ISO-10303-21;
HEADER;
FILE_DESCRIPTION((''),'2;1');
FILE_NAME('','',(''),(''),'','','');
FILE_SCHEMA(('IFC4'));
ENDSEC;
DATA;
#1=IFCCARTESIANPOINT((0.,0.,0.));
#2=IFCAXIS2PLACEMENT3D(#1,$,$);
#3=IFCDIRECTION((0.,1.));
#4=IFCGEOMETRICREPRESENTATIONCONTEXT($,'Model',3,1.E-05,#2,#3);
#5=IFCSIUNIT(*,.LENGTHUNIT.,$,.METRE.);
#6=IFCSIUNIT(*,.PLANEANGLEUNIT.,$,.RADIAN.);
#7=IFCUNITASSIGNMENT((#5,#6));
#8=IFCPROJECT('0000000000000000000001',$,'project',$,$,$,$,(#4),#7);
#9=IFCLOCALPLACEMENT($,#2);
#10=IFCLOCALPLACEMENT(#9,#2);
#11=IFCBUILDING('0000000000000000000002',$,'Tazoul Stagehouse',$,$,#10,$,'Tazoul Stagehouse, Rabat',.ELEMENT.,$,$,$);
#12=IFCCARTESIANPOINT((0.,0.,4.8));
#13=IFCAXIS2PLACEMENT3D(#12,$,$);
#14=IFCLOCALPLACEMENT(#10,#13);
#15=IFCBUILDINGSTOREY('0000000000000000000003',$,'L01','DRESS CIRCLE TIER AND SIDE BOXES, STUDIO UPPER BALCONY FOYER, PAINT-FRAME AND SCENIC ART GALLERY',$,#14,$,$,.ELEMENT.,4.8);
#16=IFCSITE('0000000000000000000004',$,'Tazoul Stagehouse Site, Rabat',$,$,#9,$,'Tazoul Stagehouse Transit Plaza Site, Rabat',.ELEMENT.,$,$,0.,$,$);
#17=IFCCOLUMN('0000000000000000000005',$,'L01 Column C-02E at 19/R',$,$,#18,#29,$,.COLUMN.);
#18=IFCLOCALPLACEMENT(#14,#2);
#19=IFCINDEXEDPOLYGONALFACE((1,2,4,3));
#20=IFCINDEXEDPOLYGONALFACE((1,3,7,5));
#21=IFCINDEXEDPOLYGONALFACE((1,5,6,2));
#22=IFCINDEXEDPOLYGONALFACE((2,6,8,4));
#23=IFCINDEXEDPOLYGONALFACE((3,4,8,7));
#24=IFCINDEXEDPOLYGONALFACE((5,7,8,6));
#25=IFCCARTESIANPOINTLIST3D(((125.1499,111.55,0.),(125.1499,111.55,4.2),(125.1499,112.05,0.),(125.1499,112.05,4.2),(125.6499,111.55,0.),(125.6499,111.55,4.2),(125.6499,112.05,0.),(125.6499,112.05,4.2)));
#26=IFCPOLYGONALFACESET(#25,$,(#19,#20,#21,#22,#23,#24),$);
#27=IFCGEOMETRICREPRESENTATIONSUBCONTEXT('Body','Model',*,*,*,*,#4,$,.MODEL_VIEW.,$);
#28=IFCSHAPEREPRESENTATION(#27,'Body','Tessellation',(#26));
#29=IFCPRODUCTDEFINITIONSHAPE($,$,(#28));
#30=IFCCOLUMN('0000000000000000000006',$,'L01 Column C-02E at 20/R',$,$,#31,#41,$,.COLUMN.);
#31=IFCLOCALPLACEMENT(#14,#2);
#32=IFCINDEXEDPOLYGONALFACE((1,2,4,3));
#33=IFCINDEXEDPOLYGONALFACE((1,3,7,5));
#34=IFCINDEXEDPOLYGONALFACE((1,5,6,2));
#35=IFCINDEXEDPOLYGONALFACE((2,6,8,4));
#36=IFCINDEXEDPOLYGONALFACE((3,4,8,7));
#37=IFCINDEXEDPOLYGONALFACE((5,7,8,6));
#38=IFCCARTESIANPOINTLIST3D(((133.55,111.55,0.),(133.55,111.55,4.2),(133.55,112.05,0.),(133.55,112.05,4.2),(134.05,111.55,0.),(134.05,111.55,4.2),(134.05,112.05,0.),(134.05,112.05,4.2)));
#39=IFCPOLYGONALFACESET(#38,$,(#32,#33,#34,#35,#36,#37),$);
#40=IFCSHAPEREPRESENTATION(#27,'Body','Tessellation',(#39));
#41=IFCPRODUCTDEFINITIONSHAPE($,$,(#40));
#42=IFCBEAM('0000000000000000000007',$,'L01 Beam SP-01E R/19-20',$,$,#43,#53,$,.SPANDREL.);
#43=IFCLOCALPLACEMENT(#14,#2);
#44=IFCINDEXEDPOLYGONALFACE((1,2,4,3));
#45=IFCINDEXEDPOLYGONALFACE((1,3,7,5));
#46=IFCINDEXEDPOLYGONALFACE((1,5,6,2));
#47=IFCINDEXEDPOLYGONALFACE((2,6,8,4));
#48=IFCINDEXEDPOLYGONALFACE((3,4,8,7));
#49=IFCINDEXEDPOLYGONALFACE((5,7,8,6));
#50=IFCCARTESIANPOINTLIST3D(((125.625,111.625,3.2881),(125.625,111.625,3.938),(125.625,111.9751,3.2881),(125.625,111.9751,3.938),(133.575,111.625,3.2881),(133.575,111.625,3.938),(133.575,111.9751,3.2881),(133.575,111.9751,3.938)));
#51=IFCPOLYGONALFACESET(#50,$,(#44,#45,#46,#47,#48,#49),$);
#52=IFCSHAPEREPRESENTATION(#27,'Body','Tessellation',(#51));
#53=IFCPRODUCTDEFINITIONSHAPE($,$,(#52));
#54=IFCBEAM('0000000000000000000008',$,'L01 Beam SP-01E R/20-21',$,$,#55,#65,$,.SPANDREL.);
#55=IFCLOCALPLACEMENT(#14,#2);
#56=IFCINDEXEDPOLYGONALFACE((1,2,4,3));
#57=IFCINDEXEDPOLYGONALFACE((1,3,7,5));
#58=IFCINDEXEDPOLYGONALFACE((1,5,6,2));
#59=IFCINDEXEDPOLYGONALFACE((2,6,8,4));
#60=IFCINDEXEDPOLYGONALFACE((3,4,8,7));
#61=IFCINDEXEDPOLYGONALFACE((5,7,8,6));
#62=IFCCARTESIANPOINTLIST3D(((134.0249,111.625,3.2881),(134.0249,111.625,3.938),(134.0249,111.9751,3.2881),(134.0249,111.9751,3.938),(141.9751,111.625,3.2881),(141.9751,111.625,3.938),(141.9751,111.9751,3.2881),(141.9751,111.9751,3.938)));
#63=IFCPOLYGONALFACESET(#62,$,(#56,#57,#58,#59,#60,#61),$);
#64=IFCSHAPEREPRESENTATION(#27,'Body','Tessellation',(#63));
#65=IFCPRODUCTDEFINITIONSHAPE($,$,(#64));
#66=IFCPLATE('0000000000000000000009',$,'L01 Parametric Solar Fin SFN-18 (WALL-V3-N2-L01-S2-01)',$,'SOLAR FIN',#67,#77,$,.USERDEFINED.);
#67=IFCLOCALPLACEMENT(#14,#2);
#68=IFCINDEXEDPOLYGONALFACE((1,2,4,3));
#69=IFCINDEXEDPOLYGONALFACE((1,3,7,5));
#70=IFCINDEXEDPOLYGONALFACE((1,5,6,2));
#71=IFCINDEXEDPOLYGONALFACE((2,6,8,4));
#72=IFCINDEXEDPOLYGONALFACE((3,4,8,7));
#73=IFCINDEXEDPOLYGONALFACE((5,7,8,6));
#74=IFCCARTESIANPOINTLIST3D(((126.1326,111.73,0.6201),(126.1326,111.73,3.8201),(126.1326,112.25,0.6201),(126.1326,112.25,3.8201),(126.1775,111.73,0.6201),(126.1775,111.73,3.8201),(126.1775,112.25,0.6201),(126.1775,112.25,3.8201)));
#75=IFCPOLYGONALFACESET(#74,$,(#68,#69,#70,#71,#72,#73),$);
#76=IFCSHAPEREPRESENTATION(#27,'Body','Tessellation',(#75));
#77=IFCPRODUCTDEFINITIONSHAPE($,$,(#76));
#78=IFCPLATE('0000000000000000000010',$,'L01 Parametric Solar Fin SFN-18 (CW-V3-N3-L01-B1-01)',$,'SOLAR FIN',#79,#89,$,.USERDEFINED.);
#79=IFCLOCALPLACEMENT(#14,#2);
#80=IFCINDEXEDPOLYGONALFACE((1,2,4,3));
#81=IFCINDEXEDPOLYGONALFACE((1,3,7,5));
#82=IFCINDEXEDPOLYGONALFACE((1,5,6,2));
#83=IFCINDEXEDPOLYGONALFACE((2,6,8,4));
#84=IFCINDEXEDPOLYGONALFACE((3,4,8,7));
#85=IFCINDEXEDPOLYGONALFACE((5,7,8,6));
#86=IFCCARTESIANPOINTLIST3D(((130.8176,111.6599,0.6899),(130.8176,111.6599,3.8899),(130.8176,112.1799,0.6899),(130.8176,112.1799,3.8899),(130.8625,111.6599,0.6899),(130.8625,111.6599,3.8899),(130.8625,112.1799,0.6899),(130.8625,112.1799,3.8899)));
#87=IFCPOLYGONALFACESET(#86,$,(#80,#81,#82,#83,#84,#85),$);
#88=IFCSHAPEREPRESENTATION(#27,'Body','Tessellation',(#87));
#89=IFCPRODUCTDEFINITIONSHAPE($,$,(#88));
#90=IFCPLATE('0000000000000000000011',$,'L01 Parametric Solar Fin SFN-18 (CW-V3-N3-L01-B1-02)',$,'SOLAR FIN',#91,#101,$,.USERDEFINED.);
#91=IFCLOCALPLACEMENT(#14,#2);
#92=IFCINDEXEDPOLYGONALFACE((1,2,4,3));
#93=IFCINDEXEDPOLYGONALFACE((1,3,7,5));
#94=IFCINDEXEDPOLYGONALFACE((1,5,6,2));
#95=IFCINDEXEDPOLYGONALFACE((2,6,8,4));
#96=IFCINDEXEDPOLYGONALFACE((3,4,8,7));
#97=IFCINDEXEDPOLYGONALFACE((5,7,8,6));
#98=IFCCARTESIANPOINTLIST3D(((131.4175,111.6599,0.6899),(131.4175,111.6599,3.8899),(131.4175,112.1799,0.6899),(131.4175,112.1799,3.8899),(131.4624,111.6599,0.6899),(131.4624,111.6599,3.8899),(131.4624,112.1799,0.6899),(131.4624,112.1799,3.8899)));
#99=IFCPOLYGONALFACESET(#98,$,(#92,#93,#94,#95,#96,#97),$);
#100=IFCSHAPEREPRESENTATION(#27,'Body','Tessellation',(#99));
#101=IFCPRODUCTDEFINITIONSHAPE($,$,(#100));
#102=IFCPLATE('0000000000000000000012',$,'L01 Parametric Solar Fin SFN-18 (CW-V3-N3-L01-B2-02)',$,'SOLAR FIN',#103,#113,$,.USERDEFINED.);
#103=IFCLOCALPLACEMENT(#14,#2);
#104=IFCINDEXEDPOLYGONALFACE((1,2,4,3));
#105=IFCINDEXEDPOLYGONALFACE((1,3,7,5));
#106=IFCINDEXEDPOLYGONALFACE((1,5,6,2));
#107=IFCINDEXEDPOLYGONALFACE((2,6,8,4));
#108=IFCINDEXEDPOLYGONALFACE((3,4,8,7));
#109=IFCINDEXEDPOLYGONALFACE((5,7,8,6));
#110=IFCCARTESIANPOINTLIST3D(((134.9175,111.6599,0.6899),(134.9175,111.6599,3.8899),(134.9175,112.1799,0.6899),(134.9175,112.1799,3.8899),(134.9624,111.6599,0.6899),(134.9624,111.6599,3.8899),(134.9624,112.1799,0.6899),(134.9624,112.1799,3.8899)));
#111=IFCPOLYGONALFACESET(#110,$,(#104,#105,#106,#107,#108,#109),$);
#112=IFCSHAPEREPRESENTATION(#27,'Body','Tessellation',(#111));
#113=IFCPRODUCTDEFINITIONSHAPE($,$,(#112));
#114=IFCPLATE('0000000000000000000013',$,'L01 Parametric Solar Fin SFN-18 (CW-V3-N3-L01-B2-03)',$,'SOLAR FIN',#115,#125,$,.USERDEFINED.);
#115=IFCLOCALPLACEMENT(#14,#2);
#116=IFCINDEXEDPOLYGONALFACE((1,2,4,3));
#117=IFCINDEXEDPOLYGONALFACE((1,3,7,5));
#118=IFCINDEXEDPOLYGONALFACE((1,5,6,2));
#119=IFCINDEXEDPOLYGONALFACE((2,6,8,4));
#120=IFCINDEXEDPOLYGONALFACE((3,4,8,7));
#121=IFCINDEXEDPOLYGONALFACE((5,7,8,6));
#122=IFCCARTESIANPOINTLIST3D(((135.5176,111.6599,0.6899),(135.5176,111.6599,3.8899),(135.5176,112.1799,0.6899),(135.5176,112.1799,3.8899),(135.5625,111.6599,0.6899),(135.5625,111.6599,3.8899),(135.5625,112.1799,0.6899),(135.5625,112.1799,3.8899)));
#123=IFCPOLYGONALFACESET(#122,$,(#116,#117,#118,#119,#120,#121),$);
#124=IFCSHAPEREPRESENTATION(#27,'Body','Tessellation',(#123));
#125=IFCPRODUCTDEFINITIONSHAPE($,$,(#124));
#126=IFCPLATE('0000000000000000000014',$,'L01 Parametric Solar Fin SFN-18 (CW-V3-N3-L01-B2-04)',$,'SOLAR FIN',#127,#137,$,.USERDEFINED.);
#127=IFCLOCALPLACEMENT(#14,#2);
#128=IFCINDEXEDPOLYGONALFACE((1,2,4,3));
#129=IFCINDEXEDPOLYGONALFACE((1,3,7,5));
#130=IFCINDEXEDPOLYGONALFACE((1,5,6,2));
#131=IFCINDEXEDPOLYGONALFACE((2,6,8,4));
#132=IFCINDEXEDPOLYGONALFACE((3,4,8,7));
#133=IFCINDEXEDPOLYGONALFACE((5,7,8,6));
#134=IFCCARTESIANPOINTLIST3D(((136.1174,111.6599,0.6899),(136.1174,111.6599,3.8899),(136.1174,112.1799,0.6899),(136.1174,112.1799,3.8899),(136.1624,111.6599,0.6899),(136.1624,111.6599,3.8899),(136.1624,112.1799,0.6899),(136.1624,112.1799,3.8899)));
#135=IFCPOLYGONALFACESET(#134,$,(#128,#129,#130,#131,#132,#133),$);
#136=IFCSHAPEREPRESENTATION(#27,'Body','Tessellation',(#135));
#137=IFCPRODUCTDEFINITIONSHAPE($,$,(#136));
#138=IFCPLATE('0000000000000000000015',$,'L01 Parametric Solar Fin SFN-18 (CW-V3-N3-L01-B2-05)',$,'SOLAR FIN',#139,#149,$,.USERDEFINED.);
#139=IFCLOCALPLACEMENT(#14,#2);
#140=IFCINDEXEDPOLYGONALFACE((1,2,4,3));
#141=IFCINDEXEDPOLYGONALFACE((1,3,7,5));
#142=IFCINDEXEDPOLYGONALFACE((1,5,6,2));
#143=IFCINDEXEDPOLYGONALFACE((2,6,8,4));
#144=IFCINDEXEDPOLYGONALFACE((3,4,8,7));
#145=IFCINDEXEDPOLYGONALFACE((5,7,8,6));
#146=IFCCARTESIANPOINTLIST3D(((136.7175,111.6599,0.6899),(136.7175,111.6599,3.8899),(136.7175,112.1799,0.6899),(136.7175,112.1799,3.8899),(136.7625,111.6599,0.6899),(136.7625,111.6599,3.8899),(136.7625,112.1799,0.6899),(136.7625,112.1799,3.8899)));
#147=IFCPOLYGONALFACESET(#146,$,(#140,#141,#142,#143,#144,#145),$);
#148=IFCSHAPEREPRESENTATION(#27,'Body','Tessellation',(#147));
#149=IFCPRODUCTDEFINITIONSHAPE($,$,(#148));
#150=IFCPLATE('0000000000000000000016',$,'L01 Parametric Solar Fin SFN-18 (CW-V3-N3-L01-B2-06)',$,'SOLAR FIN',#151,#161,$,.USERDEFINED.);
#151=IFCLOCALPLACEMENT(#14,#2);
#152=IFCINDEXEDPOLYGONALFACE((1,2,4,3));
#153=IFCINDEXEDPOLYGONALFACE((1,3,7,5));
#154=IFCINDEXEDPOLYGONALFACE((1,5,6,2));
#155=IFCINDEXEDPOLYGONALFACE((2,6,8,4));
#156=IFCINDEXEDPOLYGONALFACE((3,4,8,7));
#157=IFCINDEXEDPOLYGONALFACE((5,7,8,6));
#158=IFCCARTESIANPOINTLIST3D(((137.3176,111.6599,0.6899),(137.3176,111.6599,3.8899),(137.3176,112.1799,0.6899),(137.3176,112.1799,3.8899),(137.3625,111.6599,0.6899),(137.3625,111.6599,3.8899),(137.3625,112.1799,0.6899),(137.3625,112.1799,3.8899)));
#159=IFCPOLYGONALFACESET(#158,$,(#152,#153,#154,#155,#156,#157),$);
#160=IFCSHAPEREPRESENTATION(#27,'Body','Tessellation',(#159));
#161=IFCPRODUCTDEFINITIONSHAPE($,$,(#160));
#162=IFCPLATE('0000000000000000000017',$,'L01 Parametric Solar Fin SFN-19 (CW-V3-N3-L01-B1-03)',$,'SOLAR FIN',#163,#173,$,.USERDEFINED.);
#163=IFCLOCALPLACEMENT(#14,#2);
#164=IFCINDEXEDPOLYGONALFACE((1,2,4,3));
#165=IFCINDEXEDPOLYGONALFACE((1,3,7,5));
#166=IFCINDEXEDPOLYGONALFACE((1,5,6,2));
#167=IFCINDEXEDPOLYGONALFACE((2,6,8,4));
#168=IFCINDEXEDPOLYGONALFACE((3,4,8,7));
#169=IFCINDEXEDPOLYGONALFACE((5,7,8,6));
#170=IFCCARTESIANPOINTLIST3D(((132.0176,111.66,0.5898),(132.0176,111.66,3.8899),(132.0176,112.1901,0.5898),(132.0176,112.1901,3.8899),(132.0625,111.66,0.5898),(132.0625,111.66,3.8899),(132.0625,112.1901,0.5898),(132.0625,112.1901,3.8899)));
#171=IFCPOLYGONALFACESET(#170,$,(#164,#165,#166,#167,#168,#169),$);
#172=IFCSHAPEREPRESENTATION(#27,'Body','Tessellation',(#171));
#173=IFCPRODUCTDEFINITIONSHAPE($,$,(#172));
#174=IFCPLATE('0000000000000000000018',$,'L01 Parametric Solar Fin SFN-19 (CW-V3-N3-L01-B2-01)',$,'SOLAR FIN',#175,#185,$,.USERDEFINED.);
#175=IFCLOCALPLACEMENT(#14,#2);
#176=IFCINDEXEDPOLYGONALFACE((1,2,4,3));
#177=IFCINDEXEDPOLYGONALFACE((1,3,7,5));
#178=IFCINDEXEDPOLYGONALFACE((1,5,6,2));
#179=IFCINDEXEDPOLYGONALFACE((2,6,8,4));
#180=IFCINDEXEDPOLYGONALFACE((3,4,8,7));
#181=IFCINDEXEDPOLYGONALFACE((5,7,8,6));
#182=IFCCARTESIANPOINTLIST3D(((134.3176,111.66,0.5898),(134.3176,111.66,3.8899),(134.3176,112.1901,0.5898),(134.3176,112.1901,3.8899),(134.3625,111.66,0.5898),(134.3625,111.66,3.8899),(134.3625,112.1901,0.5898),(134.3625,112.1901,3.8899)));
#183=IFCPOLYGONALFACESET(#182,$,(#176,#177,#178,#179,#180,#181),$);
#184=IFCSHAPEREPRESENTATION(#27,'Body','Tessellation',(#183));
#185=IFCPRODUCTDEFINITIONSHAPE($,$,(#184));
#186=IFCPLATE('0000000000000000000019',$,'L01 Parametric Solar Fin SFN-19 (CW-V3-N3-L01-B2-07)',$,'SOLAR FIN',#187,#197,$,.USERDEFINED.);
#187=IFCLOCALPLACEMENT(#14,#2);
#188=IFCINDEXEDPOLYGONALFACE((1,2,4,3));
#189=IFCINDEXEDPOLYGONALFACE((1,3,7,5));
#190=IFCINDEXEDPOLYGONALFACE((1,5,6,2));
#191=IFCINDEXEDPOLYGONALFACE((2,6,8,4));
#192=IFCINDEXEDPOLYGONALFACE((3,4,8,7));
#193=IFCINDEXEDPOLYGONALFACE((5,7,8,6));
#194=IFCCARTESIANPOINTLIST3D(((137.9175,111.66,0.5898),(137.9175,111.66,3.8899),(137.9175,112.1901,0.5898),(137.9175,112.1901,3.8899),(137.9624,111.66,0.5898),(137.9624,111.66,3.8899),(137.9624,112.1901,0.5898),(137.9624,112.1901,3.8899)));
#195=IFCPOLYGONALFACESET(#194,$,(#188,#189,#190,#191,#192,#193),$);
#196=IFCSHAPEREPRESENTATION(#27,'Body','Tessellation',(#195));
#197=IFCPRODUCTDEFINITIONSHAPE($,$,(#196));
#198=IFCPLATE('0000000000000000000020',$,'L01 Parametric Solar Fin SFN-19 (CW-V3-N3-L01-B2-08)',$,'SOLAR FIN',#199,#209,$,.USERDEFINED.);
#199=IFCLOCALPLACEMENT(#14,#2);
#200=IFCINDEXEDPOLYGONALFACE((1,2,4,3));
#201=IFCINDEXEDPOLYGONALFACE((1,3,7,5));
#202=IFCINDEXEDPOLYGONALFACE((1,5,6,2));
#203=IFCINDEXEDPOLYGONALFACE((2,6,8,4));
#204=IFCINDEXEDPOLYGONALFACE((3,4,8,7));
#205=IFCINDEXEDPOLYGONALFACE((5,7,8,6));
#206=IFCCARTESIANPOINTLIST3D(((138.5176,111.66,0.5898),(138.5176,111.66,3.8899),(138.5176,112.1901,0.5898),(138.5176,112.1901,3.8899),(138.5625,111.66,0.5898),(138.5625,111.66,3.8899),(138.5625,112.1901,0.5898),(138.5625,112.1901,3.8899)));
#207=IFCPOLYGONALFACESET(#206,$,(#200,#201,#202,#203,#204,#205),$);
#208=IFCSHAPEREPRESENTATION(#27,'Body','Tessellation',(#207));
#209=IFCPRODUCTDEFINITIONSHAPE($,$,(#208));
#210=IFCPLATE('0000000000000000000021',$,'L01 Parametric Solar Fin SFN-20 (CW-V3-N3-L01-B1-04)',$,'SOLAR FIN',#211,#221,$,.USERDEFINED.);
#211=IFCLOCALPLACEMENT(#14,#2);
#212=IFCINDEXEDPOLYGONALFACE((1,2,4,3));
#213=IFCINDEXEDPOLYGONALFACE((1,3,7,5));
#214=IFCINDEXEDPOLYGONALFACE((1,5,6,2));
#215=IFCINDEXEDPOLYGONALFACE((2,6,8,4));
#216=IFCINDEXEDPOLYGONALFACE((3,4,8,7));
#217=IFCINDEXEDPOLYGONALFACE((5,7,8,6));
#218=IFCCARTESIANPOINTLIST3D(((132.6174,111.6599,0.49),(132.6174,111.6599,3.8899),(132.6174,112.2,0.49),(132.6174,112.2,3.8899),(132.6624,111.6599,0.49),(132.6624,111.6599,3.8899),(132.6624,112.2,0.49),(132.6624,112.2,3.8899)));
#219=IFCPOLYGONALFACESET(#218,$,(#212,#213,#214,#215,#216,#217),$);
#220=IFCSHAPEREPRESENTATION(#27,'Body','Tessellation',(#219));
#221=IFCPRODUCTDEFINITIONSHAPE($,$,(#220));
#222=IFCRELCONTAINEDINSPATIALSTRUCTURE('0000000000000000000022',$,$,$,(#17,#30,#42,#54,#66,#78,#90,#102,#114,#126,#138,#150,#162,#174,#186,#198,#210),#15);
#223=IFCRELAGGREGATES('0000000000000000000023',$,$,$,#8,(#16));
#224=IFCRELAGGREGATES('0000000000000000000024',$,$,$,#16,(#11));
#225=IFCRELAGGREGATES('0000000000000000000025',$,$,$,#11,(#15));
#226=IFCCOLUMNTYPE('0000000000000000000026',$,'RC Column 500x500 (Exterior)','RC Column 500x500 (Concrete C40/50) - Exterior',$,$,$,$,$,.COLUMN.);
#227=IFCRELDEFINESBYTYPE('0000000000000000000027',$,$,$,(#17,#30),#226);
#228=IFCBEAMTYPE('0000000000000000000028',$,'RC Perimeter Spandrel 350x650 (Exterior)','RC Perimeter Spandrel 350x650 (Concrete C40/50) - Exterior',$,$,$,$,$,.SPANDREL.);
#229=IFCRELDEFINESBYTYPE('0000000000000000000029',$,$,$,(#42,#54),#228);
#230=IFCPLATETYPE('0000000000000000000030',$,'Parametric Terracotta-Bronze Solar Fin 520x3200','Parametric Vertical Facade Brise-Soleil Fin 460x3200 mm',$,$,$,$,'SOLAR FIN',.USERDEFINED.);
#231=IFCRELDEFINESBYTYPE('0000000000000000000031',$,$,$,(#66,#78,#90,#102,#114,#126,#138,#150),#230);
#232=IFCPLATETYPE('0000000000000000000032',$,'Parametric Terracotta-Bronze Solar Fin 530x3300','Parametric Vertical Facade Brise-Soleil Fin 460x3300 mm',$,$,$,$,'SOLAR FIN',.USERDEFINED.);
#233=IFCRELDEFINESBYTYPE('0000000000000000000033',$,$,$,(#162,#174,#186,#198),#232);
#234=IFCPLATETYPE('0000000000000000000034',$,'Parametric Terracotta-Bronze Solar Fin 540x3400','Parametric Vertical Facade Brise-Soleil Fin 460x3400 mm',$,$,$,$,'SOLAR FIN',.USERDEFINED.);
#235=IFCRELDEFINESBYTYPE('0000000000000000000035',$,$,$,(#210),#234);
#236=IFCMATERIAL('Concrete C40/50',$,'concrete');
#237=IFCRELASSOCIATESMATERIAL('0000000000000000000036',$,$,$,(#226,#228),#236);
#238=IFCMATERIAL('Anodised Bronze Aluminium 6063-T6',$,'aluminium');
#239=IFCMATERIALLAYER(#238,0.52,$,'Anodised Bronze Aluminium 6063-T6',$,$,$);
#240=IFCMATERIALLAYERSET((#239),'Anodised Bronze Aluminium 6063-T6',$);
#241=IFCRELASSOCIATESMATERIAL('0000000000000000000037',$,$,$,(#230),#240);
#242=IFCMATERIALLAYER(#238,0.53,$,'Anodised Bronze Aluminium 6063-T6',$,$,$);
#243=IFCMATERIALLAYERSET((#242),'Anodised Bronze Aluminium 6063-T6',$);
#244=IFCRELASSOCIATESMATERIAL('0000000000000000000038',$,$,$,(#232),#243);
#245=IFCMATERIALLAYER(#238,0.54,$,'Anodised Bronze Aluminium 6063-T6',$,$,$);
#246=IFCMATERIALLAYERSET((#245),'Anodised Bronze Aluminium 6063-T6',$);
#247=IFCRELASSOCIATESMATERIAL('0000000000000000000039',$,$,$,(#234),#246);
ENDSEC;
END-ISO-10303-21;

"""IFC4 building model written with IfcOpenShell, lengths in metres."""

from ifc_helpers import new_model, si_unit, direction, frame, origin, origin_2d, place, context, subcontext, project, spatial, rectangle, extrude, material, layer, layer_set, material_profile, profile_set, type_object, element, save


model = new_model("IFC4")

# Units and contexts
model_context = context("Model", 3, precision=1e-05, world=origin(), true_north=direction((0.0, 1.0)))
body_context = subcontext(model_context, "Body", "Model", "MODEL_VIEW")
ifc_project = project(units=[si_unit("LENGTHUNIT", "METRE"), si_unit("PLANEANGLEUNIT", "RADIAN")], contexts=[model_context])

# Site, building, storey
site_placement = place(None, origin())
site = spatial("IfcSite", under=ifc_project, at=site_placement, Name="Tazoul Stagehouse Site, Rabat", LongName="Tazoul Stagehouse Transit Plaza Site, Rabat", CompositionType="ELEMENT", RefElevation=0.0)
building_placement = place(site_placement, origin())
building = spatial("IfcBuilding", under=site, at=building_placement, Name="Tazoul Stagehouse", LongName="Tazoul Stagehouse, Rabat", CompositionType="ELEMENT")
storey_placement = place(building_placement, frame((0.0, 0.0, 4.8)))
storey = spatial("IfcBuildingStorey", under=building, at=storey_placement, Name="L01", Description="DRESS CIRCLE TIER AND SIDE BOXES, STUDIO UPPER BALCONY FOYER, PAINT-FRAME AND SCENIC ART GALLERY", CompositionType="ELEMENT", Elevation=4.8)

# Columns
ifc_material_1 = material(Name="Concrete C40/50", Category="concrete")
ifc_material_profile_1 = material_profile(ifc_material_1, rectangle(XDim=0.5, YDim=0.5, at=origin_2d()), Name="RC 500x500")
ifc_profile_set_1 = profile_set([ifc_material_profile_1], Name="Concrete C40/50")
column_type = type_object("IfcColumnType", Name="RC Column 500x500 (Exterior)", Description="RC Column 500x500 (Concrete C40/50) - Exterior", PredefinedType="COLUMN", material=ifc_profile_set_1)
for number, where, z_axis, x_axis, name in (
    (1, (125.3999, 111.8, 0.0), (0.0, 0.0, 1.0), (1.0, 0.0, 0.0), "L01 Column C-02E at 19/R"),
    (2, (133.8, 111.8, 0.0), (0.0, 0.0, 1.0), (1.0, 0.0, 0.0), "L01 Column C-02E at 20/R"),
):
    element("IfcColumn", number, at=place(storey_placement, frame(where, z_axis=z_axis, x_axis=x_axis)), inside=storey, type_object=column_type, Name=name, PredefinedType="COLUMN", context=body_context, shape_type="SweptSolid", body=[
        extrude(rectangle(XDim=0.5, YDim=0.5, at=origin_2d()), origin(), (0.0, 0.0, 1.0), 4.2),
    ])

# Beams
ifc_material_profile_2 = material_profile(ifc_material_1, rectangle(XDim=0.3501, YDim=0.6499, at=origin_2d()), Name="RC 350x650")
ifc_profile_set_2 = profile_set([ifc_material_profile_2], Name="Concrete C40/50")
beam_type = type_object("IfcBeamType", Name="RC Perimeter Spandrel 350x650 (Exterior)", Description="RC Perimeter Spandrel 350x650 (Concrete C40/50) - Exterior", PredefinedType="SPANDREL", material=ifc_profile_set_2)
beam_1_placement = place(storey_placement, frame((125.625, 111.8, 3.613), z_axis=(1.0, 0.0, 0.0), x_axis=(0.0, 1.0, 0.0)))
element("IfcBeam", 3, at=beam_1_placement, inside=storey, type_object=beam_type, Name="L01 Beam SP-01E R/19-20", PredefinedType="SPANDREL", context=body_context, shape_type="SweptSolid", body=[
    extrude(rectangle(XDim=0.3501, YDim=0.6499, at=origin_2d()), origin(), (0.0, 0.0, 1.0), 7.95),
])
beam_2_placement = place(storey_placement, frame((134.0249, 111.8, 3.613), z_axis=(1.0, 0.0, 0.0), x_axis=(0.0, 1.0, 0.0)))
element("IfcBeam", 4, at=beam_2_placement, inside=storey, type_object=beam_type, Name="L01 Beam SP-01E R/20-21", PredefinedType="SPANDREL", context=body_context, shape_type="SweptSolid", body=[
    extrude(rectangle(XDim=0.3501, YDim=0.6499, at=origin_2d()), origin(), (0.0, 0.0, 1.0), 7.9502),
])

# Plates
ifc_material_2 = material(Name="Anodised Bronze Aluminium 6063-T6", Category="aluminium")
ifc_layer_1 = layer(ifc_material_2, 0.52, Name="Anodised Bronze Aluminium 6063-T6")
ifc_layer_set_1 = layer_set([ifc_layer_1], Name="Anodised Bronze Aluminium 6063-T6")
plate_type_1 = type_object("IfcPlateType", Name="Parametric Terracotta-Bronze Solar Fin 520x3200", Description="Parametric Vertical Facade Brise-Soleil Fin 460x3200 mm", ElementType="SOLAR FIN", PredefinedType="USERDEFINED", material=ifc_layer_set_1)
for number, where, z_axis, x_axis, name in (
    (5, (126.155, 111.99, 0.6201), (0.0, 0.0, 1.0), (1.0, 0.0, 0.0), "L01 Parametric Solar Fin SFN-18 (WALL-V3-N2-L01-S2-01)"),
    (6, (130.8401, 111.9199, 0.6899), (0.0, 0.0, 1.0), (1.0, 0.0, 0.0), "L01 Parametric Solar Fin SFN-18 (CW-V3-N3-L01-B1-01)"),
    (7, (131.4399, 111.9199, 0.6899), (0.0, 0.0, 1.0), (1.0, 0.0, 0.0), "L01 Parametric Solar Fin SFN-18 (CW-V3-N3-L01-B1-02)"),
    (8, (134.9399, 111.9199, 0.6899), (0.0, 0.0, 1.0), (1.0, 0.0, 0.0), "L01 Parametric Solar Fin SFN-18 (CW-V3-N3-L01-B2-02)"),
    (9, (135.54, 111.9199, 0.6899), (0.0, 0.0, 1.0), (1.0, 0.0, 0.0), "L01 Parametric Solar Fin SFN-18 (CW-V3-N3-L01-B2-03)"),
    (10, (136.1399, 111.9199, 0.6899), (0.0, 0.0, 1.0), (1.0, 0.0, 0.0), "L01 Parametric Solar Fin SFN-18 (CW-V3-N3-L01-B2-04)"),
    (11, (136.74, 111.9199, 0.6899), (0.0, 0.0, 1.0), (1.0, 0.0, 0.0), "L01 Parametric Solar Fin SFN-18 (CW-V3-N3-L01-B2-05)"),
    (12, (137.3401, 111.9199, 0.6899), (0.0, 0.0, 1.0), (1.0, 0.0, 0.0), "L01 Parametric Solar Fin SFN-18 (CW-V3-N3-L01-B2-06)"),
):
    element("IfcPlate", number, at=place(storey_placement, frame(where, z_axis=z_axis, x_axis=x_axis)), inside=storey, type_object=plate_type_1, Name=name, ObjectType="SOLAR FIN", PredefinedType="USERDEFINED", context=body_context, shape_type="SweptSolid", body=[
        extrude(rectangle(XDim=0.0449, YDim=0.52, at=origin_2d()), origin(), (0.0, 0.0, 1.0), 3.2),
    ])
ifc_layer_2 = layer(ifc_material_2, 0.53, Name="Anodised Bronze Aluminium 6063-T6")
ifc_layer_set_2 = layer_set([ifc_layer_2], Name="Anodised Bronze Aluminium 6063-T6")
plate_type_2 = type_object("IfcPlateType", Name="Parametric Terracotta-Bronze Solar Fin 530x3300", Description="Parametric Vertical Facade Brise-Soleil Fin 460x3300 mm", ElementType="SOLAR FIN", PredefinedType="USERDEFINED", material=ifc_layer_set_2)
for number, where, z_axis, x_axis, name in (
    (13, (132.04, 111.925, 0.5898), (0.0, 0.0, 1.0), (1.0, 0.0, 0.0), "L01 Parametric Solar Fin SFN-19 (CW-V3-N3-L01-B1-03)"),
    (14, (134.3401, 111.925, 0.5898), (0.0, 0.0, 1.0), (1.0, 0.0, 0.0), "L01 Parametric Solar Fin SFN-19 (CW-V3-N3-L01-B2-01)"),
    (15, (137.9399, 111.925, 0.5898), (0.0, 0.0, 1.0), (1.0, 0.0, 0.0), "L01 Parametric Solar Fin SFN-19 (CW-V3-N3-L01-B2-07)"),
    (16, (138.54, 111.925, 0.5898), (0.0, 0.0, 1.0), (1.0, 0.0, 0.0), "L01 Parametric Solar Fin SFN-19 (CW-V3-N3-L01-B2-08)"),
):
    element("IfcPlate", number, at=place(storey_placement, frame(where, z_axis=z_axis, x_axis=x_axis)), inside=storey, type_object=plate_type_2, Name=name, ObjectType="SOLAR FIN", PredefinedType="USERDEFINED", context=body_context, shape_type="SweptSolid", body=[
        extrude(rectangle(XDim=0.0449, YDim=0.53, at=origin_2d()), origin(), (0.0, 0.0, 1.0), 3.3),
    ])
ifc_layer_3 = layer(ifc_material_2, 0.54, Name="Anodised Bronze Aluminium 6063-T6")
ifc_layer_set_3 = layer_set([ifc_layer_3], Name="Anodised Bronze Aluminium 6063-T6")
plate_type_3 = type_object("IfcPlateType", Name="Parametric Terracotta-Bronze Solar Fin 540x3400", Description="Parametric Vertical Facade Brise-Soleil Fin 460x3400 mm", ElementType="SOLAR FIN", PredefinedType="USERDEFINED", material=ifc_layer_set_3)
for number, where, z_axis, x_axis, name in (
    (17, (132.6399, 111.9299, 0.49), (0.0, 0.0, 1.0), (1.0, 0.0, 0.0), "L01 Parametric Solar Fin SFN-20 (CW-V3-N3-L01-B1-04)"),
):
    element("IfcPlate", number, at=place(storey_placement, frame(where, z_axis=z_axis, x_axis=x_axis)), inside=storey, type_object=plate_type_3, Name=name, ObjectType="SOLAR FIN", PredefinedType="USERDEFINED", context=body_context, shape_type="SweptSolid", body=[
        extrude(rectangle(XDim=0.0449, YDim=0.54, at=origin_2d()), origin(), (0.0, 0.0, 1.0), 3.3999),
    ])

save(model, "model.ifc")
